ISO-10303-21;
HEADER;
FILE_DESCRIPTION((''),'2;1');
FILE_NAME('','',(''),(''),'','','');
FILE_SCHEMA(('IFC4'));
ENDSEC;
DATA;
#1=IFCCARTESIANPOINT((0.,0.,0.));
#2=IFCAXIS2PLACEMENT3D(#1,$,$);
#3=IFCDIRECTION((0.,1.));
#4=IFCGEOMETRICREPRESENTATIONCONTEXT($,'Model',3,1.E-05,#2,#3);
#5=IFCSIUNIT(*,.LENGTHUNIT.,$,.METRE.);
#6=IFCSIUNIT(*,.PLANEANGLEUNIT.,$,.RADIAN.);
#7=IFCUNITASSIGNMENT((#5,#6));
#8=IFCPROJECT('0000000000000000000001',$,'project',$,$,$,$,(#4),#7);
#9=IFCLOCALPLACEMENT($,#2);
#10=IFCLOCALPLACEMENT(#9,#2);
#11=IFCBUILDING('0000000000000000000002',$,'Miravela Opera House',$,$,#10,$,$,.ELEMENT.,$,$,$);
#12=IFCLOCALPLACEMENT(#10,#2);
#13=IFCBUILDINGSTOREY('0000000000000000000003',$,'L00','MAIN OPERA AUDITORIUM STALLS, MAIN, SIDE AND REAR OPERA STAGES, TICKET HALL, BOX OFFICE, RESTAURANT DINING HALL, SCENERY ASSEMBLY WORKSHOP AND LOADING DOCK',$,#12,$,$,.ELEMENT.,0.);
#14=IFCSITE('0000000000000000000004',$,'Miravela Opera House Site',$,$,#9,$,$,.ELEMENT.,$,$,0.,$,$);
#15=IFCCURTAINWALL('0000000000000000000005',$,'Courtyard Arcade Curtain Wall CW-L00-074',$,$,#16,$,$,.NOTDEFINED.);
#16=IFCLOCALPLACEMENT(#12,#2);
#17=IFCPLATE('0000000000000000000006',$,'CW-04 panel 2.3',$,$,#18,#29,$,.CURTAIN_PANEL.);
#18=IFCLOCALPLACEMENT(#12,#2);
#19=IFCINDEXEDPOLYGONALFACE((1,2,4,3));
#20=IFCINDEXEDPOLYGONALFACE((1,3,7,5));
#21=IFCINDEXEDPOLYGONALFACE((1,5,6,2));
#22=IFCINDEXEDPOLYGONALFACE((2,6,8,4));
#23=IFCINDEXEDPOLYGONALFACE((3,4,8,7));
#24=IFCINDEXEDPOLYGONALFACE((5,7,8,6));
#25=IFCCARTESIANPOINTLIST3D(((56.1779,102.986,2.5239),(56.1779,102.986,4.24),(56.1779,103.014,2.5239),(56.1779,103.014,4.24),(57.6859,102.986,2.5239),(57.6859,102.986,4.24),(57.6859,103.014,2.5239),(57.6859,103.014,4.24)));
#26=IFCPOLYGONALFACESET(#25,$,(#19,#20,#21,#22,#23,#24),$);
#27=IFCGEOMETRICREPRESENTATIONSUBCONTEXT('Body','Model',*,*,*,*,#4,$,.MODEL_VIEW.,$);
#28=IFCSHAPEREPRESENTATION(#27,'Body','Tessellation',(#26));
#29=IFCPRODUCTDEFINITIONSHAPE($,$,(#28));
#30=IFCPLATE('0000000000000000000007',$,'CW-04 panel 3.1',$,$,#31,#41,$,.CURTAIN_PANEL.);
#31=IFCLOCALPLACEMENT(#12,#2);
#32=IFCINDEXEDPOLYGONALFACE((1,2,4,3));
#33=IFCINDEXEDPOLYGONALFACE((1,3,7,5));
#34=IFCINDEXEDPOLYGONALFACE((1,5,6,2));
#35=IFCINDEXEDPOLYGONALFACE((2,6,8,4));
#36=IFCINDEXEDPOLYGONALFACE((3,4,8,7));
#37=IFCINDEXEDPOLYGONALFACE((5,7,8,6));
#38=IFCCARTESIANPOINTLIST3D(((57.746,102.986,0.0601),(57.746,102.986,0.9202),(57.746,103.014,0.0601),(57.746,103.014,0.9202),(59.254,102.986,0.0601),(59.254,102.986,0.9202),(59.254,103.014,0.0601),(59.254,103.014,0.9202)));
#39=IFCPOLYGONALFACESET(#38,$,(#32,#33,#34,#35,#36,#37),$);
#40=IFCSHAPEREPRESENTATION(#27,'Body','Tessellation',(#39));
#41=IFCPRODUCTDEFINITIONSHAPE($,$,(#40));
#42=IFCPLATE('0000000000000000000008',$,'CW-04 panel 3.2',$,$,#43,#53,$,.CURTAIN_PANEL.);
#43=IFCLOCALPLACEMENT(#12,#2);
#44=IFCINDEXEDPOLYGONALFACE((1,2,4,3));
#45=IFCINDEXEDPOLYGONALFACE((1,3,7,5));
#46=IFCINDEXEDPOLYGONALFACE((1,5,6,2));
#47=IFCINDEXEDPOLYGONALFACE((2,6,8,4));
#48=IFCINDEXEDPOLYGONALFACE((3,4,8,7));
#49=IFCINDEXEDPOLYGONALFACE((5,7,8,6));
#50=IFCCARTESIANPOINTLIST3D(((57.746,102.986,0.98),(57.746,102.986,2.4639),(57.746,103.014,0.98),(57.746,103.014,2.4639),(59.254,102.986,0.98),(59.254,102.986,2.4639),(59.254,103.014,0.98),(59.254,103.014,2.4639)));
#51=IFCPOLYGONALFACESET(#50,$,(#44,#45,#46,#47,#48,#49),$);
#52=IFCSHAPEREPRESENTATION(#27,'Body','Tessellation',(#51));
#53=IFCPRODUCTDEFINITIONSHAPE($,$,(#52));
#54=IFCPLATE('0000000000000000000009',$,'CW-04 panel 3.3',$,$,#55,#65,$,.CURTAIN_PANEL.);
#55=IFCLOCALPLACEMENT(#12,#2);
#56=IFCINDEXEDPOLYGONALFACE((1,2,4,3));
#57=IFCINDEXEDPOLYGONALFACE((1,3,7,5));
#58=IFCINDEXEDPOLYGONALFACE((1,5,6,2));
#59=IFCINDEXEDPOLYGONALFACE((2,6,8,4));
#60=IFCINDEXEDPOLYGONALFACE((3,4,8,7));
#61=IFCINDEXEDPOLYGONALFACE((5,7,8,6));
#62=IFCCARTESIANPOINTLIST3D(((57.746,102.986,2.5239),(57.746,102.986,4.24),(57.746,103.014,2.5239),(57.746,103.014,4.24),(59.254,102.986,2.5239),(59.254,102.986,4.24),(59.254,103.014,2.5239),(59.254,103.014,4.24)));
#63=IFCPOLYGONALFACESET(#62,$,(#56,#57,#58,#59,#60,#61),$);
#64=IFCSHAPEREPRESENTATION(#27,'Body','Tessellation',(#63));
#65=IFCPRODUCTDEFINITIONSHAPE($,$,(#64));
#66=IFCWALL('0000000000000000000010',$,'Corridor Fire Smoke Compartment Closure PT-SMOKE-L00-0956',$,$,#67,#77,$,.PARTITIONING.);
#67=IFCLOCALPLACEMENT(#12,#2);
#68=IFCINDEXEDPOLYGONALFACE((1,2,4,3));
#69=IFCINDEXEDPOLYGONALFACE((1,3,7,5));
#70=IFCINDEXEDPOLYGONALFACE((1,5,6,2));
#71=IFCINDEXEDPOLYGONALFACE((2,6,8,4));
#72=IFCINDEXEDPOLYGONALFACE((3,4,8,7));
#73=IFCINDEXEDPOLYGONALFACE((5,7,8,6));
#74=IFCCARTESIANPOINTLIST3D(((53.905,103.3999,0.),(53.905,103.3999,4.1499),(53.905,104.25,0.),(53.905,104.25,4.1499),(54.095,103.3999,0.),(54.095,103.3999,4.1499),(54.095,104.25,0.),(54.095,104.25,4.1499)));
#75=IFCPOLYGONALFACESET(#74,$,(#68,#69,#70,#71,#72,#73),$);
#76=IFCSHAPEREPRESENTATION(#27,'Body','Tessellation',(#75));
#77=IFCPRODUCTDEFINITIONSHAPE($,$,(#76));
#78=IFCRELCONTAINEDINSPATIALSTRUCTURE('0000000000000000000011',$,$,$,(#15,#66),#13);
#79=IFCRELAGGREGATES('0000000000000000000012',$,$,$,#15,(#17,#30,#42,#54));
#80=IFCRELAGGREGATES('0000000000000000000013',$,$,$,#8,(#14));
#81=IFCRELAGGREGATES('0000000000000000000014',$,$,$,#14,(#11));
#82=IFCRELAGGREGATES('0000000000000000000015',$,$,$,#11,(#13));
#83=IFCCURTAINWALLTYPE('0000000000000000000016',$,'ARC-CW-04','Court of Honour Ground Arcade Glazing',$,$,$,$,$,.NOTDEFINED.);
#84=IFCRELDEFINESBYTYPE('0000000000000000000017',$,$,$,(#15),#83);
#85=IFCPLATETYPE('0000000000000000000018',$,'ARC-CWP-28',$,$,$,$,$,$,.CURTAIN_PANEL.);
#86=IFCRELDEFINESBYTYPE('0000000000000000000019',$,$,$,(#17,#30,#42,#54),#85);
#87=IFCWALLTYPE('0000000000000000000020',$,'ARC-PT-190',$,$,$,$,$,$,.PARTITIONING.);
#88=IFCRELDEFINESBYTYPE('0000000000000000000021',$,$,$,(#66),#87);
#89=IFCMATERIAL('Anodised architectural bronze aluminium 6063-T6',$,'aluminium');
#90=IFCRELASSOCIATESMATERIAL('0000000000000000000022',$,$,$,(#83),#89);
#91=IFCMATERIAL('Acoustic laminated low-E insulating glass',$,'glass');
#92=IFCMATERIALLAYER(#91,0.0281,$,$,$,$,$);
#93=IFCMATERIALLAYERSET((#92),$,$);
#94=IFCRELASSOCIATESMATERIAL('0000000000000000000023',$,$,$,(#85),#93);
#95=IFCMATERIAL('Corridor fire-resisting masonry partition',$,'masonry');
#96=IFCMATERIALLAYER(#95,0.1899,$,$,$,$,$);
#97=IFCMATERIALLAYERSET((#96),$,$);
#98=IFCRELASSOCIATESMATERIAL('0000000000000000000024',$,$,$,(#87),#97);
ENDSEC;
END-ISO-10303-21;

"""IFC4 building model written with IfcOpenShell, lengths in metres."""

from ifc_helpers import new_model, si_unit, direction, frame, frame_2d, origin, origin_2d, place, context, subcontext, project, spatial, rectangle, extrude, material, layer, layer_set, type_object, element, aggregate, save


model = new_model("IFC4")

# Units and contexts
model_context = context("Model", 3, precision=1e-05, world=origin(), true_north=direction((0.0, 1.0)))
body_context = subcontext(model_context, "Body", "Model", "MODEL_VIEW")
ifc_project = project(units=[si_unit("LENGTHUNIT", "METRE"), si_unit("PLANEANGLEUNIT", "RADIAN")], contexts=[model_context])

# Site, building, storey
site_placement = place(None, origin())
site = spatial("IfcSite", under=ifc_project, at=site_placement, Name="Miravela Opera House Site", CompositionType="ELEMENT", RefElevation=0.0)
building_placement = place(site_placement, origin())
building = spatial("IfcBuilding", under=site, at=building_placement, Name="Miravela Opera House", CompositionType="ELEMENT")
storey_placement = place(building_placement, origin())
storey = spatial("IfcBuildingStorey", under=building, at=storey_placement, Name="L00", Description="MAIN OPERA AUDITORIUM STALLS, MAIN, SIDE AND REAR OPERA STAGES, TICKET HALL, BOX OFFICE, RESTAURANT DINING HALL, SCENERY ASSEMBLY WORKSHOP AND LOADING DOCK", CompositionType="ELEMENT", Elevation=0.0)

# Curtain wall
ifc_material_1 = material(Name="Anodised architectural bronze aluminium 6063-T6", Category="aluminium")
curtain_wall_type = type_object("IfcCurtainWallType", Name="ARC-CW-04", Description="Court of Honour Ground Arcade Glazing", PredefinedType="NOTDEFINED", material=ifc_material_1)
curtain_wall_placement = place(storey_placement, origin())
curtain_wall = element("IfcCurtainWall", 1, at=curtain_wall_placement, inside=storey, type_object=curtain_wall_type, Name="Courtyard Arcade Curtain Wall CW-L00-074", PredefinedType="NOTDEFINED")

# Plates
ifc_material_2 = material(Name="Acoustic laminated low-E insulating glass", Category="glass")
ifc_layer_1 = layer(ifc_material_2, 0.0281)
ifc_layer_set_1 = layer_set([ifc_layer_1])
plate_type = type_object("IfcPlateType", Name="ARC-CWP-28", PredefinedType="CURTAIN_PANEL", material=ifc_layer_set_1)
plate_1_placement = place(storey_placement, frame((56.9319, 103.0, 2.5239), z_axis=(0.0, 0.0, 1.0), x_axis=(1.0, 0.0, 0.0)))
plate_1 = element("IfcPlate", 2, at=plate_1_placement, type_object=plate_type, Name="CW-04 panel 2.3", PredefinedType="CURTAIN_PANEL", context=body_context, shape_type="SweptSolid", body=[
    extrude(rectangle(XDim=1.5081, YDim=0.0281, at=origin_2d()), origin(), (0.0, 0.0, 1.0), 1.7161),
])
plate_2_placement = place(storey_placement, frame((58.5, 103.0, 0.0601), z_axis=(0.0, 0.0, 1.0), x_axis=(1.0, 0.0, 0.0)))
plate_2 = element("IfcPlate", 3, at=plate_2_placement, type_object=plate_type, Name="CW-04 panel 3.1", PredefinedType="CURTAIN_PANEL", context=body_context, shape_type="SweptSolid", body=[
    extrude(rectangle(XDim=1.5081, YDim=0.0281, at=origin_2d()), origin(), (0.0, 0.0, 1.0), 0.8601),
])
plate_3_placement = place(storey_placement, frame((58.5, 103.0, 0.98), z_axis=(0.0, 0.0, 1.0), x_axis=(1.0, 0.0, 0.0)))
plate_3 = element("IfcPlate", 4, at=plate_3_placement, type_object=plate_type, Name="CW-04 panel 3.2", PredefinedType="CURTAIN_PANEL", context=body_context, shape_type="SweptSolid", body=[
    extrude(rectangle(XDim=1.5081, YDim=0.0281, at=origin_2d()), origin(), (0.0, 0.0, 1.0), 1.4839),
])
plate_4_placement = place(storey_placement, frame((58.5, 103.0, 2.5239), z_axis=(0.0, 0.0, 1.0), x_axis=(1.0, 0.0, 0.0)))
plate_4 = element("IfcPlate", 5, at=plate_4_placement, type_object=plate_type, Name="CW-04 panel 3.3", PredefinedType="CURTAIN_PANEL", context=body_context, shape_type="SweptSolid", body=[
    extrude(rectangle(XDim=1.5081, YDim=0.0281, at=origin_2d()), origin(), (0.0, 0.0, 1.0), 1.7161),
])
aggregate(curtain_wall, [plate_1, plate_2, plate_3, plate_4])

# Wall
ifc_material_3 = material(Name="Corridor fire-resisting masonry partition", Category="masonry")
ifc_layer_2 = layer(ifc_material_3, 0.1899)
ifc_layer_set_2 = layer_set([ifc_layer_2])
wall_type = type_object("IfcWallType", Name="ARC-PT-190", PredefinedType="PARTITIONING", material=ifc_layer_set_2)
wall_placement = place(storey_placement, frame((54.0, 103.3999, 0.0), z_axis=(0.0, 0.0, 1.0), x_axis=(0.0, 1.0, 0.0)))
element("IfcWall", 6, at=wall_placement, inside=storey, type_object=wall_type, Name="Corridor Fire Smoke Compartment Closure PT-SMOKE-L00-0956", PredefinedType="PARTITIONING", context=body_context, shape_type="SweptSolid", body=[
    extrude(rectangle(XDim=0.8501, YDim=0.1899, at=frame_2d((0.425, 0.0))), origin(), (0.0, 0.0, 1.0), 4.1499),
])

save(model, "model.ifc")
